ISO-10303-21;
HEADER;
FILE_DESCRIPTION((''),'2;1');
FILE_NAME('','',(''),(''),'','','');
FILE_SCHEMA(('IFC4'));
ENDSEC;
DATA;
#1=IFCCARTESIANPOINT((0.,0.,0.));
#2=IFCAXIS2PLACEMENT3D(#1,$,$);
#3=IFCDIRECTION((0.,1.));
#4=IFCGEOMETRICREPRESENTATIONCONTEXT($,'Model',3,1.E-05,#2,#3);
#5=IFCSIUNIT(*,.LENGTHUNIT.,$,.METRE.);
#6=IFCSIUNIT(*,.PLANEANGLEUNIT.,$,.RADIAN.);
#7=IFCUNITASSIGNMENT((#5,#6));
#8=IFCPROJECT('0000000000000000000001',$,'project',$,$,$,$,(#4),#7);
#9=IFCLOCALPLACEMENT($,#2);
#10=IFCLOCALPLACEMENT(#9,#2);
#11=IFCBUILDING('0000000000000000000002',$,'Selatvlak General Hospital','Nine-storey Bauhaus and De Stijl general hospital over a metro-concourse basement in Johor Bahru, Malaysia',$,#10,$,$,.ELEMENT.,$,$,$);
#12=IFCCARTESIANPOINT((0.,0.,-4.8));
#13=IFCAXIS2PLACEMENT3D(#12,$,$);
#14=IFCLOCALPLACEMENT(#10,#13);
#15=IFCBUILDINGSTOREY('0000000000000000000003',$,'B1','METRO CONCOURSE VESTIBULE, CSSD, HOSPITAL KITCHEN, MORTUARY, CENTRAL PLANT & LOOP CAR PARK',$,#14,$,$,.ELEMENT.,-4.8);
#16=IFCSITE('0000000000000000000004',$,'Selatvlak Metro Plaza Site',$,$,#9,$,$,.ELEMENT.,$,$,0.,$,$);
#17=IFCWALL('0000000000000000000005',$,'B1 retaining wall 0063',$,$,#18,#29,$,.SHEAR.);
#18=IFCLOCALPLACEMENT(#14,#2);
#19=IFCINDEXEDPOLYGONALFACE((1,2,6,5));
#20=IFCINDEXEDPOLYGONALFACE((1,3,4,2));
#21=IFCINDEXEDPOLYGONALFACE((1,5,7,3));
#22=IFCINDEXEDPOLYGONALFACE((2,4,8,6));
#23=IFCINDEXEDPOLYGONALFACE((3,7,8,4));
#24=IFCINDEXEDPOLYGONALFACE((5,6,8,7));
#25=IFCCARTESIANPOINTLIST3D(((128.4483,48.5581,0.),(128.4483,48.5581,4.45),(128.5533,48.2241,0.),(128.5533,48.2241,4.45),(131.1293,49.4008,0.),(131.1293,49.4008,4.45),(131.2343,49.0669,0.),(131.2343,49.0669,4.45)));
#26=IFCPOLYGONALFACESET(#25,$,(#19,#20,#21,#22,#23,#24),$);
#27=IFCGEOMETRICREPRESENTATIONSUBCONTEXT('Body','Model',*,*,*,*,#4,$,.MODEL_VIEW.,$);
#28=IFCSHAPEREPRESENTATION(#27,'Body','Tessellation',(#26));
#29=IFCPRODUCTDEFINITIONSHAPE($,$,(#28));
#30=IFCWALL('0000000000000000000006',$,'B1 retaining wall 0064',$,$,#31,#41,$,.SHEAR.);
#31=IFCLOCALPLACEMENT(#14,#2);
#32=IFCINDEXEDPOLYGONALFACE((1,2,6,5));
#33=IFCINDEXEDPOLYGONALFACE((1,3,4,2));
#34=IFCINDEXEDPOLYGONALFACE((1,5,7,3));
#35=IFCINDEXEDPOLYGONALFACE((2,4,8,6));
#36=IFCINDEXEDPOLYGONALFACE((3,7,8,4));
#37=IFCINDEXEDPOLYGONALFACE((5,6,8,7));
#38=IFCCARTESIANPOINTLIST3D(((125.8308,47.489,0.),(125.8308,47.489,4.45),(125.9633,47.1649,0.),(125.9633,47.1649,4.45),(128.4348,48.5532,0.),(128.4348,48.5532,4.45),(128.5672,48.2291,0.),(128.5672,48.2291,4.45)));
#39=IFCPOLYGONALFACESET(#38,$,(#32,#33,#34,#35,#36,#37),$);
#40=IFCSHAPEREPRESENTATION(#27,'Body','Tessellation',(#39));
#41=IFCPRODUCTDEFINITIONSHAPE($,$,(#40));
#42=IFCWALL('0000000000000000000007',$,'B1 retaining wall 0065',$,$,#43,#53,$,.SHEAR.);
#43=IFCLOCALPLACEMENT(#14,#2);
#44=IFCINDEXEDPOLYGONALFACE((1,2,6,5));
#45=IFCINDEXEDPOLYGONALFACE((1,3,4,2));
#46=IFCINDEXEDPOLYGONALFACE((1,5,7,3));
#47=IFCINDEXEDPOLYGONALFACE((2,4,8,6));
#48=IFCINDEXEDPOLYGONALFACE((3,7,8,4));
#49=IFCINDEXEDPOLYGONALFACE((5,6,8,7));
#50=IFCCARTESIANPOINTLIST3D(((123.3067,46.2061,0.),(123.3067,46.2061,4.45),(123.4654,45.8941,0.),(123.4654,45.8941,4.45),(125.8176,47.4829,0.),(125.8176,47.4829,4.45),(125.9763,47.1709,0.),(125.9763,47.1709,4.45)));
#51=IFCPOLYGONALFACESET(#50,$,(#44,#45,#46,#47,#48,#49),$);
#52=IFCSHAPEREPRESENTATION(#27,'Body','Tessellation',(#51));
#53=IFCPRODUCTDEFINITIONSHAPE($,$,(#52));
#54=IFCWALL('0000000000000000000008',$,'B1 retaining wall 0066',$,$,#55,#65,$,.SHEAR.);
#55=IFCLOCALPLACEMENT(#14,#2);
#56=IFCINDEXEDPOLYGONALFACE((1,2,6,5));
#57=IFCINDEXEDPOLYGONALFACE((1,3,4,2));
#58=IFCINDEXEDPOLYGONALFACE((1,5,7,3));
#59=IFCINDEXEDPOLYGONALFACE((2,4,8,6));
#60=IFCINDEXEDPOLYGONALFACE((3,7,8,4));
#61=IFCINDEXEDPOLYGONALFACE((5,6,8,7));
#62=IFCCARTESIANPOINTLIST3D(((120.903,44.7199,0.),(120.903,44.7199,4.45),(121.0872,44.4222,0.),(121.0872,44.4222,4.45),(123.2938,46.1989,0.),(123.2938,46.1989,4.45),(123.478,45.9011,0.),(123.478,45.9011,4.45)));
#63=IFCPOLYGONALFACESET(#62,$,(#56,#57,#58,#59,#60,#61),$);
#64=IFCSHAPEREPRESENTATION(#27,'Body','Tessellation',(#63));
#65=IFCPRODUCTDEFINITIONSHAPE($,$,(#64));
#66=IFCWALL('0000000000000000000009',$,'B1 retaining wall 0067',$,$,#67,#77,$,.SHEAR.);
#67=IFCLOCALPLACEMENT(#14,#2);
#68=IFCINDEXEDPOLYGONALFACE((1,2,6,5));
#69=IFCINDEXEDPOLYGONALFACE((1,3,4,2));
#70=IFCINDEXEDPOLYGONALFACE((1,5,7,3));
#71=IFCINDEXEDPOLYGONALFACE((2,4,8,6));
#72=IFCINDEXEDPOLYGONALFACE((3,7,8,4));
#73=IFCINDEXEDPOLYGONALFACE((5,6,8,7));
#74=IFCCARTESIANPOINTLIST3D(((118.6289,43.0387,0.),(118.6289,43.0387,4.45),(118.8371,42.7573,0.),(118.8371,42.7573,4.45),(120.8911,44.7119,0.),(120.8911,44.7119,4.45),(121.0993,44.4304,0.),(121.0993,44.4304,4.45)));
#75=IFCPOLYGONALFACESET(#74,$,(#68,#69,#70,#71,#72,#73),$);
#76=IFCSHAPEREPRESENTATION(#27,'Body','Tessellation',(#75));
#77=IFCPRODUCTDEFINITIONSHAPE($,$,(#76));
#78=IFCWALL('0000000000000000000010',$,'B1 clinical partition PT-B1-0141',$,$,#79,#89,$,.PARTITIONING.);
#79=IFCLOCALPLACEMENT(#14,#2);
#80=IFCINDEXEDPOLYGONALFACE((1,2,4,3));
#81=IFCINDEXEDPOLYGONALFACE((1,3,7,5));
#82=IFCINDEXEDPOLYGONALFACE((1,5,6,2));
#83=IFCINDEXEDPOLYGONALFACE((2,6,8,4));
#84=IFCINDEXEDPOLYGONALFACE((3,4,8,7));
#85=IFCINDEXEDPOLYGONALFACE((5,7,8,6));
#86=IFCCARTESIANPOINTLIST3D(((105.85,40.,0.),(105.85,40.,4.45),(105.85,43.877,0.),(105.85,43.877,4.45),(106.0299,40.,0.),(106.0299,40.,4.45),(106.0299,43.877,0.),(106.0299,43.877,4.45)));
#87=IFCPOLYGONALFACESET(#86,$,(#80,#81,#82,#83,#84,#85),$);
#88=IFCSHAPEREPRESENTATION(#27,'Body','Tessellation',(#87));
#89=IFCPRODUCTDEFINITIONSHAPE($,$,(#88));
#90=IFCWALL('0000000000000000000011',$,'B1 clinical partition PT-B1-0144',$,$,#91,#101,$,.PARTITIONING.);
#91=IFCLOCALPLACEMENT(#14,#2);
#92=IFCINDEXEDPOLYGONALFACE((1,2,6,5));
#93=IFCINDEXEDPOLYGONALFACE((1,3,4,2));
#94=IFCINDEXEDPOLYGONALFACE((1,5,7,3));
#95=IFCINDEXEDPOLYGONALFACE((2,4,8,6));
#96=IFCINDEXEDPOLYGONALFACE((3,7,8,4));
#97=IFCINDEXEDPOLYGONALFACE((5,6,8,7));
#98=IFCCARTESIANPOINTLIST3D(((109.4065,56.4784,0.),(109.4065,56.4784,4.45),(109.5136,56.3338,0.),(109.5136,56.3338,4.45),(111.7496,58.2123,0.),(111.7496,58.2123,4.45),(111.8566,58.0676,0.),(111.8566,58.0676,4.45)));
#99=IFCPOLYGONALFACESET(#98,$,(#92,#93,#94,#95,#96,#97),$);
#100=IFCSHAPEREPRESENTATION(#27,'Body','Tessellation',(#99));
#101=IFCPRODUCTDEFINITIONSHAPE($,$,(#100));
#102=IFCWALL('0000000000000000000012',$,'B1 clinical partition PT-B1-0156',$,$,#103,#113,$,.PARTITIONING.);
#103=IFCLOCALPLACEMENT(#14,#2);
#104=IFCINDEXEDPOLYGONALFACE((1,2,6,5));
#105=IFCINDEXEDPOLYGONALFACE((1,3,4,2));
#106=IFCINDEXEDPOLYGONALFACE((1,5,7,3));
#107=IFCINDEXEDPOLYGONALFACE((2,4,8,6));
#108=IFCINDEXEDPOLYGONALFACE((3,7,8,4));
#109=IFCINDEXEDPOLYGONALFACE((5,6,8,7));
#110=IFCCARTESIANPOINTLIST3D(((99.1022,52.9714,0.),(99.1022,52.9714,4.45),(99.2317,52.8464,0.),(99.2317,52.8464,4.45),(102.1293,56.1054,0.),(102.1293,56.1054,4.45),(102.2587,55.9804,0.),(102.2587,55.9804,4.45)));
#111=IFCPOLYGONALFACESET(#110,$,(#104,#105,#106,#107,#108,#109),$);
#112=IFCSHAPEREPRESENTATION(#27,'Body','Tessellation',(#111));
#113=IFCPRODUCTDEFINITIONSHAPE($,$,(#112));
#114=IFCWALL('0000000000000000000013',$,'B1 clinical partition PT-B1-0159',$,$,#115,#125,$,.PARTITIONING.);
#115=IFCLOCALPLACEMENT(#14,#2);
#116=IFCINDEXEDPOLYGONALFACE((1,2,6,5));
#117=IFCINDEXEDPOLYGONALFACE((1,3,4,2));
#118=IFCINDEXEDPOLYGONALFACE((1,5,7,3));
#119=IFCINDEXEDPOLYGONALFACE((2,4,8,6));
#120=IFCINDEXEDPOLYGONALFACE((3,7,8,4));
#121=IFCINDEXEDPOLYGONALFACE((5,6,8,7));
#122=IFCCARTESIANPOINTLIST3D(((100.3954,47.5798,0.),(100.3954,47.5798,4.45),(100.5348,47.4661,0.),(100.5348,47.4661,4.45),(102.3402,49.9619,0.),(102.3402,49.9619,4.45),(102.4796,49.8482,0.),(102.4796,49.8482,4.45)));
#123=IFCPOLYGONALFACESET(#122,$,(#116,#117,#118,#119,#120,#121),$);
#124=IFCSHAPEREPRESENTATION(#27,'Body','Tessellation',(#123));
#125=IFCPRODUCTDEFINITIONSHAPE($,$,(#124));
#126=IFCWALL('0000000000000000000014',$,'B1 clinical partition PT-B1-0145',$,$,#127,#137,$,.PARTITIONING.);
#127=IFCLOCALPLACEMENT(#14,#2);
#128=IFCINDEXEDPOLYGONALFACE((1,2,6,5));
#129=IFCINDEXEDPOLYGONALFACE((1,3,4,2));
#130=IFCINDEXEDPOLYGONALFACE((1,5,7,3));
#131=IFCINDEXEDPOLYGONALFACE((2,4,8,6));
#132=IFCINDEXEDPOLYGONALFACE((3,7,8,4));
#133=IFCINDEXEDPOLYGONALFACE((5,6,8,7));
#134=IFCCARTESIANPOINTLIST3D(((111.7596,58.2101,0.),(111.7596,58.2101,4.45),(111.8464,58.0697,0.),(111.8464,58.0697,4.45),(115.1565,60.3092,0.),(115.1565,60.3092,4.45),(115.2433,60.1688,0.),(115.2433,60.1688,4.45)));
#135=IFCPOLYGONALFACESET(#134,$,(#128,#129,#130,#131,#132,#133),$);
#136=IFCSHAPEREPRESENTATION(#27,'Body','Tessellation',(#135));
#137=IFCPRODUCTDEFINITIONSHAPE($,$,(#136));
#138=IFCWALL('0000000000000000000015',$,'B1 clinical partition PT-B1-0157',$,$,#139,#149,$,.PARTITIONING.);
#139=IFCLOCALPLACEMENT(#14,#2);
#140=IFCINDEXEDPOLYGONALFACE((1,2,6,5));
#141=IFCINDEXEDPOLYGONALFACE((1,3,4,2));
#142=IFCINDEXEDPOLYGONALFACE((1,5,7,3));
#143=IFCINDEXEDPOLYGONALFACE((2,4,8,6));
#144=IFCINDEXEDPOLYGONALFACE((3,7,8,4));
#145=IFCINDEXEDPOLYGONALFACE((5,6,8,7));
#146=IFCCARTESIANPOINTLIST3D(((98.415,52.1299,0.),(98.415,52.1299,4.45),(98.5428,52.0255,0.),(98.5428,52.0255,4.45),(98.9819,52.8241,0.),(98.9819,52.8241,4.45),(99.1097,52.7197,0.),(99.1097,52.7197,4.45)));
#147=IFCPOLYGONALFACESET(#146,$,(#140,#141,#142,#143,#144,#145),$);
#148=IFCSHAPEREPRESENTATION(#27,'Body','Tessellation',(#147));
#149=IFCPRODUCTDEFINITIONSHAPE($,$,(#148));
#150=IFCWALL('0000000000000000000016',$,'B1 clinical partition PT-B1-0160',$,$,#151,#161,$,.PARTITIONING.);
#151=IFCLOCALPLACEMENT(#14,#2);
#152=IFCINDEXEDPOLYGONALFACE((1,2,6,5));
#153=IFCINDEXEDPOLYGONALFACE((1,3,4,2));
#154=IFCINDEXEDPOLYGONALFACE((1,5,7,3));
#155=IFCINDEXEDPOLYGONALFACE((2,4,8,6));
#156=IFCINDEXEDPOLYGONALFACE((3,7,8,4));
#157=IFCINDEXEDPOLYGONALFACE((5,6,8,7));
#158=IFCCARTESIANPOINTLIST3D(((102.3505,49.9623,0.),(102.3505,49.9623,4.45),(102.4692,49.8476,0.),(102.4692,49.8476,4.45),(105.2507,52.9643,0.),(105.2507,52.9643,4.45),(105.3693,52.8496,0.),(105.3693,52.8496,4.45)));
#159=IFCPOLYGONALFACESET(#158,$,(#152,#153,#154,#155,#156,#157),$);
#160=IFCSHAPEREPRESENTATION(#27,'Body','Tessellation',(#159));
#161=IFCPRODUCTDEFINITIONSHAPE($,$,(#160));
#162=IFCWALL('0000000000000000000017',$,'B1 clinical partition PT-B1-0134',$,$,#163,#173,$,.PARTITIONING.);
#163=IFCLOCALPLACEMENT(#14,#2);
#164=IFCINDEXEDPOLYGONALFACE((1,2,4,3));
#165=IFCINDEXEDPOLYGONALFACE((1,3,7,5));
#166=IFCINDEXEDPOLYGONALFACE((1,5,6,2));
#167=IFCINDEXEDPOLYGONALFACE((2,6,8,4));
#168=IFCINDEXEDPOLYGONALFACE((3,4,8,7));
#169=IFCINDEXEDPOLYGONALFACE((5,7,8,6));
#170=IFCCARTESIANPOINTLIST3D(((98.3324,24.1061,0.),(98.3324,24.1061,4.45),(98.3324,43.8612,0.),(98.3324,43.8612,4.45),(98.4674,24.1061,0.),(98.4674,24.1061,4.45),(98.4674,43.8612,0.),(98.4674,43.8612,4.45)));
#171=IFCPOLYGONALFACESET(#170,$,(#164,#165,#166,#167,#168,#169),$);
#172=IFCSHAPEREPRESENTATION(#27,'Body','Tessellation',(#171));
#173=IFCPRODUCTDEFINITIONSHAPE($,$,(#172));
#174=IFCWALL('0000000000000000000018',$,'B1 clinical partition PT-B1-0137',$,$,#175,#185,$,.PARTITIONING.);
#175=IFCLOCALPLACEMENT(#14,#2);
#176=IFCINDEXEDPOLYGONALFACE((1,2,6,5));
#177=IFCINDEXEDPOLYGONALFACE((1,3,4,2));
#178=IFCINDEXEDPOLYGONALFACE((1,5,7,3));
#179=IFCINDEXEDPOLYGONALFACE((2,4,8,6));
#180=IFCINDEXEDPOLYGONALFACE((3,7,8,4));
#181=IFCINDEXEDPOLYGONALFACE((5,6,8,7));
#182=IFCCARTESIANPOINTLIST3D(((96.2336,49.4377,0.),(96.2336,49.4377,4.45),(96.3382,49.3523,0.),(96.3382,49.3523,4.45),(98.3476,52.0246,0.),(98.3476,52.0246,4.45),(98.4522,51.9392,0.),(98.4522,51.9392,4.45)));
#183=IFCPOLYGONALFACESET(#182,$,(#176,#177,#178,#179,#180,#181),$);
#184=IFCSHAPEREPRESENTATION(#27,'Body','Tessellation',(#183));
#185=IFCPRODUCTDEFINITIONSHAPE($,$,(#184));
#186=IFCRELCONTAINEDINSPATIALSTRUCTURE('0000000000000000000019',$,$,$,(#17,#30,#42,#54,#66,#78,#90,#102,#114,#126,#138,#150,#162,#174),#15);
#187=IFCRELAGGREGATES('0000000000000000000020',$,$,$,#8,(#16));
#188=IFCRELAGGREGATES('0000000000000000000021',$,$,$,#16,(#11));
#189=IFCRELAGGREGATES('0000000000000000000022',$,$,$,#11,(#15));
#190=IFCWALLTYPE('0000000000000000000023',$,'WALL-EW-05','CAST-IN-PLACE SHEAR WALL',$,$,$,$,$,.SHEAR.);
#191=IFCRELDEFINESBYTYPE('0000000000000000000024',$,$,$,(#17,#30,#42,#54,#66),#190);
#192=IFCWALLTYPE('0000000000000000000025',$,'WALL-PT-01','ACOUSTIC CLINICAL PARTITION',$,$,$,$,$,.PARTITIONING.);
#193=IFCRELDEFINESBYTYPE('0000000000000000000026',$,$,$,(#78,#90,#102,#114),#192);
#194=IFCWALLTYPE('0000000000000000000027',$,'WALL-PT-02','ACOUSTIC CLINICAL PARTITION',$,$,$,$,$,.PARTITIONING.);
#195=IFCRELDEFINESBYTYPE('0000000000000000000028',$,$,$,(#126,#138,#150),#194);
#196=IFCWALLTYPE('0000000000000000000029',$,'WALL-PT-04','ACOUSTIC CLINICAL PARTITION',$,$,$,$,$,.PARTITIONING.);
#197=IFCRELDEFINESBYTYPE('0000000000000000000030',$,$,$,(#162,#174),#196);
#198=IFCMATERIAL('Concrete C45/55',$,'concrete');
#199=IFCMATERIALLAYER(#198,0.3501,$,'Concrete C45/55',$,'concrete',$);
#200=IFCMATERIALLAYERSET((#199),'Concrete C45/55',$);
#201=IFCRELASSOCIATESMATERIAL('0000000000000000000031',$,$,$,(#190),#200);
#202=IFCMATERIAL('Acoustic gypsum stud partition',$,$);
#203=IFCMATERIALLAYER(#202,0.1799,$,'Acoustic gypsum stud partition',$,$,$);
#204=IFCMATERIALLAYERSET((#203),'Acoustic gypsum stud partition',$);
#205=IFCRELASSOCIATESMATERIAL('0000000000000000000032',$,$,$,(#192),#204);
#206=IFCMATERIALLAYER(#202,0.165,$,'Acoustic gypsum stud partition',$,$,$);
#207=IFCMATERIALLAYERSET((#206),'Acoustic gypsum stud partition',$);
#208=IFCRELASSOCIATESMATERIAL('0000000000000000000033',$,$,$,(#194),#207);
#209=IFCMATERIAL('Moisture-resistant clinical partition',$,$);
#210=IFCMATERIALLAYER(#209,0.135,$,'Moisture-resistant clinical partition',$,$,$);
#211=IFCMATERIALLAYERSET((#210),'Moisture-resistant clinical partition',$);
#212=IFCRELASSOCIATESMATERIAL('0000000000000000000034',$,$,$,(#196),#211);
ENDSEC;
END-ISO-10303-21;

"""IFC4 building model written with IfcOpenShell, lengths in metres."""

from ifc_helpers import new_model, si_unit, direction, frame, frame_2d, origin, place, context, subcontext, project, spatial, rectangle, extrude, material, layer, layer_set, type_object, element, save


model = new_model("IFC4")

# Units and contexts
model_context = context("Model", 3, precision=1e-05, world=origin(), true_north=direction((0.0, 1.0)))
body_context = subcontext(model_context, "Body", "Model", "MODEL_VIEW")
ifc_project = project(units=[si_unit("LENGTHUNIT", "METRE"), si_unit("PLANEANGLEUNIT", "RADIAN")], contexts=[model_context])

# Site, building, storey
site_placement = place(None, origin())
site = spatial("IfcSite", under=ifc_project, at=site_placement, Name="Selatvlak Metro Plaza Site", CompositionType="ELEMENT", RefElevation=0.0)
building_placement = place(site_placement, origin())
building = spatial("IfcBuilding", under=site, at=building_placement, Name="Selatvlak General Hospital", Description="Nine-storey Bauhaus and De Stijl general hospital over a metro-concourse basement in Johor Bahru, Malaysia", CompositionType="ELEMENT")
storey_placement = place(building_placement, frame((0.0, 0.0, -4.8)))
storey = spatial("IfcBuildingStorey", under=building, at=storey_placement, Name="B1", Description="METRO CONCOURSE VESTIBULE, CSSD, HOSPITAL KITCHEN, MORTUARY, CENTRAL PLANT & LOOP CAR PARK", CompositionType="ELEMENT", Elevation=-4.8)

# Walls
ifc_material_1 = material(Name="Concrete C45/55", Category="concrete")
ifc_layer_1 = layer(ifc_material_1, 0.3501, Name="Concrete C45/55", Category="concrete")
ifc_layer_set_1 = layer_set([ifc_layer_1], Name="Concrete C45/55")
wall_type_1 = type_object("IfcWallType", Name="WALL-EW-05", Description="CAST-IN-PLACE SHEAR WALL", PredefinedType="SHEAR", material=ifc_layer_set_1)
wall_1_placement = place(storey_placement, frame((131.1819, 49.2339, 0.0), z_axis=(0.0, 0.0, 1.0), x_axis=(-0.953973, -0.299892, 0.0)))
element("IfcWall", 1, at=wall_1_placement, inside=storey, type_object=wall_type_1, Name="B1 retaining wall 0063", PredefinedType="SHEAR", context=body_context, shape_type="SweptSolid", body=[
    extrude(rectangle(XDim=2.8103, YDim=0.3501, at=frame_2d((1.4053, 0.0))), origin(), (0.0, 0.0, 1.0), 4.45),
])
wall_2_placement = place(storey_placement, frame((128.501, 48.3911, 0.0), z_axis=(0.0, 0.0, 1.0), x_axis=(-0.92568, -0.378308, 0.0)))
element("IfcWall", 2, at=wall_2_placement, inside=storey, type_object=wall_type_1, Name="B1 retaining wall 0064", PredefinedType="SHEAR", context=body_context, shape_type="SweptSolid", body=[
    extrude(rectangle(XDim=2.813, YDim=0.3501, at=frame_2d((1.4065, 0.0))), origin(), (0.0, 0.0, 1.0), 4.45),
])
wall_3_placement = place(storey_placement, frame((125.897, 47.3269, 0.0), z_axis=(0.0, 0.0, 1.0), x_axis=(-0.891373, -0.45327, 0.0)))
element("IfcWall", 3, at=wall_3_placement, inside=storey, type_object=wall_type_1, Name="B1 retaining wall 0065", PredefinedType="SHEAR", context=body_context, shape_type="SweptSolid", body=[
    extrude(rectangle(XDim=2.8169, YDim=0.3501, at=frame_2d((1.4084, 0.0))), origin(), (0.0, 0.0, 1.0), 4.45),
])
wall_4_placement = place(storey_placement, frame((123.386, 46.05, 0.0), z_axis=(0.0, 0.0, 1.0), x_axis=(-0.850434, -0.526083, 0.0)))
element("IfcWall", 4, at=wall_4_placement, inside=storey, type_object=wall_type_1, Name="B1 retaining wall 0066", PredefinedType="SHEAR", context=body_context, shape_type="SweptSolid", body=[
    extrude(rectangle(XDim=2.8113, YDim=0.3501, at=frame_2d((1.4058, 0.0))), origin(), (0.0, 0.0, 1.0), 4.45),
])
wall_5_placement = place(storey_placement, frame((120.9951, 44.571, 0.0), z_axis=(0.0, 0.0, 1.0), x_axis=(-0.804001, -0.594628, 0.0)))
element("IfcWall", 5, at=wall_5_placement, inside=storey, type_object=wall_type_1, Name="B1 retaining wall 0067", PredefinedType="SHEAR", context=body_context, shape_type="SweptSolid", body=[
    extrude(rectangle(XDim=2.8137, YDim=0.3501, at=frame_2d((1.4067, 0.0))), origin(), (0.0, 0.0, 1.0), 4.45),
])
ifc_material_2 = material(Name="Acoustic gypsum stud partition")
ifc_layer_2 = layer(ifc_material_2, 0.1799, Name="Acoustic gypsum stud partition")
ifc_layer_set_2 = layer_set([ifc_layer_2], Name="Acoustic gypsum stud partition")
wall_type_2 = type_object("IfcWallType", Name="WALL-PT-01", Description="ACOUSTIC CLINICAL PARTITION", PredefinedType="PARTITIONING", material=ifc_layer_set_2)
wall_6_placement = place(storey_placement, frame((105.9399, 43.877, 0.0), z_axis=(0.0, 0.0, 1.0), x_axis=(0.0, -1.0, 0.0)))
element("IfcWall", 6, at=wall_6_placement, inside=storey, type_object=wall_type_2, Name="B1 clinical partition PT-B1-0141", PredefinedType="PARTITIONING", context=body_context, shape_type="SweptSolid", body=[
    extrude(rectangle(XDim=3.877, YDim=0.1799, at=frame_2d((1.9385, 0.0))), origin(), (0.0, 0.0, 1.0), 4.45),
])
wall_7_placement = place(storey_placement, frame((109.46, 56.406, 0.0), z_axis=(0.0, 0.0, 1.0), x_axis=(0.803833, 0.594855, 0.0)))
element("IfcWall", 7, at=wall_7_placement, inside=storey, type_object=wall_type_2, Name="B1 clinical partition PT-B1-0144", PredefinedType="PARTITIONING", context=body_context, shape_type="SweptSolid", body=[
    extrude(rectangle(XDim=2.9148, YDim=0.1799, at=frame_2d((1.4575, 0.0))), origin(), (0.0, 0.0, 1.0), 4.45),
])
wall_8_placement = place(storey_placement, frame((102.1941, 56.043, 0.0), z_axis=(0.0, 0.0, 1.0), x_axis=(-0.694729, -0.719271, 0.0)))
element("IfcWall", 8, at=wall_8_placement, inside=storey, type_object=wall_type_2, Name="B1 clinical partition PT-B1-0156", PredefinedType="PARTITIONING", context=body_context, shape_type="SweptSolid", body=[
    extrude(rectangle(XDim=4.3572, YDim=0.1799, at=frame_2d((2.1787, 0.0))), origin(), (0.0, 0.0, 1.0), 4.45),
])
wall_9_placement = place(storey_placement, frame((100.4651, 47.5229, 0.0), z_axis=(0.0, 0.0, 1.0), x_axis=(0.632429, 0.774618, 0.0)))
element("IfcWall", 9, at=wall_9_placement, inside=storey, type_object=wall_type_2, Name="B1 clinical partition PT-B1-0159", PredefinedType="PARTITIONING", context=body_context, shape_type="SweptSolid", body=[
    extrude(rectangle(XDim=3.0752, YDim=0.1799, at=frame_2d((1.5376, 0.0))), origin(), (0.0, 0.0, 1.0), 4.45),
])
ifc_layer_3 = layer(ifc_material_2, 0.165, Name="Acoustic gypsum stud partition")
ifc_layer_set_3 = layer_set([ifc_layer_3], Name="Acoustic gypsum stud partition")
wall_type_3 = type_object("IfcWallType", Name="WALL-PT-02", Description="ACOUSTIC CLINICAL PARTITION", PredefinedType="PARTITIONING", material=ifc_layer_set_3)
wall_10_placement = place(storey_placement, frame((111.803, 58.1399, 0.0), z_axis=(0.0, 0.0, 1.0), x_axis=(0.850687, 0.525672, 0.0)))
element("IfcWall", 10, at=wall_10_placement, inside=storey, type_object=wall_type_3, Name="B1 clinical partition PT-B1-0145", PredefinedType="PARTITIONING", context=body_context, shape_type="SweptSolid", body=[
    extrude(rectangle(XDim=3.9932, YDim=0.165, at=frame_2d((1.9966, 0.0))), origin(), (0.0, 0.0, 1.0), 4.45),
])
wall_11_placement = place(storey_placement, frame((99.0459, 52.772, 0.0), z_axis=(0.0, 0.0, 1.0), x_axis=(-0.63257, -0.774503, 0.0)))
element("IfcWall", 11, at=wall_11_placement, inside=storey, type_object=wall_type_3, Name="B1 clinical partition PT-B1-0157", PredefinedType="PARTITIONING", context=body_context, shape_type="SweptSolid", body=[
    extrude(rectangle(XDim=0.8962, YDim=0.165, at=frame_2d((0.4482, 0.0))), origin(), (0.0, 0.0, 1.0), 4.45),
])
wall_12_placement = place(storey_placement, frame((102.4099, 49.905, 0.0), z_axis=(0.0, 0.0, 1.0), x_axis=(0.694806, 0.719197, 0.0)))
element("IfcWall", 12, at=wall_12_placement, inside=storey, type_object=wall_type_3, Name="B1 clinical partition PT-B1-0160", PredefinedType="PARTITIONING", context=body_context, shape_type="SweptSolid", body=[
    extrude(rectangle(XDim=4.1741, YDim=0.165, at=frame_2d((2.0869, 0.0))), origin(), (0.0, 0.0, 1.0), 4.45),
])
ifc_material_3 = material(Name="Moisture-resistant clinical partition")
ifc_layer_4 = layer(ifc_material_3, 0.135, Name="Moisture-resistant clinical partition")
ifc_layer_set_4 = layer_set([ifc_layer_4], Name="Moisture-resistant clinical partition")
wall_type_4 = type_object("IfcWallType", Name="WALL-PT-04", Description="ACOUSTIC CLINICAL PARTITION", PredefinedType="PARTITIONING", material=ifc_layer_set_4)
wall_13_placement = place(storey_placement, frame((98.3999, 43.8611, 0.0), z_axis=(0.0, 0.0, 1.0), x_axis=(0.0, -1.0, 0.0)))
element("IfcWall", 13, at=wall_13_placement, inside=storey, type_object=wall_type_4, Name="B1 clinical partition PT-B1-0134", PredefinedType="PARTITIONING", context=body_context, shape_type="SweptSolid", body=[
    extrude(rectangle(XDim=19.7551, YDim=0.135, at=frame_2d((9.8774, 0.0))), origin(), (0.0, 0.0, 1.0), 4.45),
])
wall_14_placement = place(storey_placement, frame((98.3999, 51.9819, 0.0), z_axis=(0.0, 0.0, 1.0), x_axis=(-0.63278, -0.774332, 0.0)))
element("IfcWall", 14, at=wall_14_placement, inside=storey, type_object=wall_type_4, Name="B1 clinical partition PT-B1-0137", PredefinedType="PARTITIONING", context=body_context, shape_type="SweptSolid", body=[
    extrude(rectangle(XDim=3.3408, YDim=0.135, at=frame_2d((1.6704, 0.0))), origin(), (0.0, 0.0, 1.0), 4.45),
])

save(model, "model.ifc")
